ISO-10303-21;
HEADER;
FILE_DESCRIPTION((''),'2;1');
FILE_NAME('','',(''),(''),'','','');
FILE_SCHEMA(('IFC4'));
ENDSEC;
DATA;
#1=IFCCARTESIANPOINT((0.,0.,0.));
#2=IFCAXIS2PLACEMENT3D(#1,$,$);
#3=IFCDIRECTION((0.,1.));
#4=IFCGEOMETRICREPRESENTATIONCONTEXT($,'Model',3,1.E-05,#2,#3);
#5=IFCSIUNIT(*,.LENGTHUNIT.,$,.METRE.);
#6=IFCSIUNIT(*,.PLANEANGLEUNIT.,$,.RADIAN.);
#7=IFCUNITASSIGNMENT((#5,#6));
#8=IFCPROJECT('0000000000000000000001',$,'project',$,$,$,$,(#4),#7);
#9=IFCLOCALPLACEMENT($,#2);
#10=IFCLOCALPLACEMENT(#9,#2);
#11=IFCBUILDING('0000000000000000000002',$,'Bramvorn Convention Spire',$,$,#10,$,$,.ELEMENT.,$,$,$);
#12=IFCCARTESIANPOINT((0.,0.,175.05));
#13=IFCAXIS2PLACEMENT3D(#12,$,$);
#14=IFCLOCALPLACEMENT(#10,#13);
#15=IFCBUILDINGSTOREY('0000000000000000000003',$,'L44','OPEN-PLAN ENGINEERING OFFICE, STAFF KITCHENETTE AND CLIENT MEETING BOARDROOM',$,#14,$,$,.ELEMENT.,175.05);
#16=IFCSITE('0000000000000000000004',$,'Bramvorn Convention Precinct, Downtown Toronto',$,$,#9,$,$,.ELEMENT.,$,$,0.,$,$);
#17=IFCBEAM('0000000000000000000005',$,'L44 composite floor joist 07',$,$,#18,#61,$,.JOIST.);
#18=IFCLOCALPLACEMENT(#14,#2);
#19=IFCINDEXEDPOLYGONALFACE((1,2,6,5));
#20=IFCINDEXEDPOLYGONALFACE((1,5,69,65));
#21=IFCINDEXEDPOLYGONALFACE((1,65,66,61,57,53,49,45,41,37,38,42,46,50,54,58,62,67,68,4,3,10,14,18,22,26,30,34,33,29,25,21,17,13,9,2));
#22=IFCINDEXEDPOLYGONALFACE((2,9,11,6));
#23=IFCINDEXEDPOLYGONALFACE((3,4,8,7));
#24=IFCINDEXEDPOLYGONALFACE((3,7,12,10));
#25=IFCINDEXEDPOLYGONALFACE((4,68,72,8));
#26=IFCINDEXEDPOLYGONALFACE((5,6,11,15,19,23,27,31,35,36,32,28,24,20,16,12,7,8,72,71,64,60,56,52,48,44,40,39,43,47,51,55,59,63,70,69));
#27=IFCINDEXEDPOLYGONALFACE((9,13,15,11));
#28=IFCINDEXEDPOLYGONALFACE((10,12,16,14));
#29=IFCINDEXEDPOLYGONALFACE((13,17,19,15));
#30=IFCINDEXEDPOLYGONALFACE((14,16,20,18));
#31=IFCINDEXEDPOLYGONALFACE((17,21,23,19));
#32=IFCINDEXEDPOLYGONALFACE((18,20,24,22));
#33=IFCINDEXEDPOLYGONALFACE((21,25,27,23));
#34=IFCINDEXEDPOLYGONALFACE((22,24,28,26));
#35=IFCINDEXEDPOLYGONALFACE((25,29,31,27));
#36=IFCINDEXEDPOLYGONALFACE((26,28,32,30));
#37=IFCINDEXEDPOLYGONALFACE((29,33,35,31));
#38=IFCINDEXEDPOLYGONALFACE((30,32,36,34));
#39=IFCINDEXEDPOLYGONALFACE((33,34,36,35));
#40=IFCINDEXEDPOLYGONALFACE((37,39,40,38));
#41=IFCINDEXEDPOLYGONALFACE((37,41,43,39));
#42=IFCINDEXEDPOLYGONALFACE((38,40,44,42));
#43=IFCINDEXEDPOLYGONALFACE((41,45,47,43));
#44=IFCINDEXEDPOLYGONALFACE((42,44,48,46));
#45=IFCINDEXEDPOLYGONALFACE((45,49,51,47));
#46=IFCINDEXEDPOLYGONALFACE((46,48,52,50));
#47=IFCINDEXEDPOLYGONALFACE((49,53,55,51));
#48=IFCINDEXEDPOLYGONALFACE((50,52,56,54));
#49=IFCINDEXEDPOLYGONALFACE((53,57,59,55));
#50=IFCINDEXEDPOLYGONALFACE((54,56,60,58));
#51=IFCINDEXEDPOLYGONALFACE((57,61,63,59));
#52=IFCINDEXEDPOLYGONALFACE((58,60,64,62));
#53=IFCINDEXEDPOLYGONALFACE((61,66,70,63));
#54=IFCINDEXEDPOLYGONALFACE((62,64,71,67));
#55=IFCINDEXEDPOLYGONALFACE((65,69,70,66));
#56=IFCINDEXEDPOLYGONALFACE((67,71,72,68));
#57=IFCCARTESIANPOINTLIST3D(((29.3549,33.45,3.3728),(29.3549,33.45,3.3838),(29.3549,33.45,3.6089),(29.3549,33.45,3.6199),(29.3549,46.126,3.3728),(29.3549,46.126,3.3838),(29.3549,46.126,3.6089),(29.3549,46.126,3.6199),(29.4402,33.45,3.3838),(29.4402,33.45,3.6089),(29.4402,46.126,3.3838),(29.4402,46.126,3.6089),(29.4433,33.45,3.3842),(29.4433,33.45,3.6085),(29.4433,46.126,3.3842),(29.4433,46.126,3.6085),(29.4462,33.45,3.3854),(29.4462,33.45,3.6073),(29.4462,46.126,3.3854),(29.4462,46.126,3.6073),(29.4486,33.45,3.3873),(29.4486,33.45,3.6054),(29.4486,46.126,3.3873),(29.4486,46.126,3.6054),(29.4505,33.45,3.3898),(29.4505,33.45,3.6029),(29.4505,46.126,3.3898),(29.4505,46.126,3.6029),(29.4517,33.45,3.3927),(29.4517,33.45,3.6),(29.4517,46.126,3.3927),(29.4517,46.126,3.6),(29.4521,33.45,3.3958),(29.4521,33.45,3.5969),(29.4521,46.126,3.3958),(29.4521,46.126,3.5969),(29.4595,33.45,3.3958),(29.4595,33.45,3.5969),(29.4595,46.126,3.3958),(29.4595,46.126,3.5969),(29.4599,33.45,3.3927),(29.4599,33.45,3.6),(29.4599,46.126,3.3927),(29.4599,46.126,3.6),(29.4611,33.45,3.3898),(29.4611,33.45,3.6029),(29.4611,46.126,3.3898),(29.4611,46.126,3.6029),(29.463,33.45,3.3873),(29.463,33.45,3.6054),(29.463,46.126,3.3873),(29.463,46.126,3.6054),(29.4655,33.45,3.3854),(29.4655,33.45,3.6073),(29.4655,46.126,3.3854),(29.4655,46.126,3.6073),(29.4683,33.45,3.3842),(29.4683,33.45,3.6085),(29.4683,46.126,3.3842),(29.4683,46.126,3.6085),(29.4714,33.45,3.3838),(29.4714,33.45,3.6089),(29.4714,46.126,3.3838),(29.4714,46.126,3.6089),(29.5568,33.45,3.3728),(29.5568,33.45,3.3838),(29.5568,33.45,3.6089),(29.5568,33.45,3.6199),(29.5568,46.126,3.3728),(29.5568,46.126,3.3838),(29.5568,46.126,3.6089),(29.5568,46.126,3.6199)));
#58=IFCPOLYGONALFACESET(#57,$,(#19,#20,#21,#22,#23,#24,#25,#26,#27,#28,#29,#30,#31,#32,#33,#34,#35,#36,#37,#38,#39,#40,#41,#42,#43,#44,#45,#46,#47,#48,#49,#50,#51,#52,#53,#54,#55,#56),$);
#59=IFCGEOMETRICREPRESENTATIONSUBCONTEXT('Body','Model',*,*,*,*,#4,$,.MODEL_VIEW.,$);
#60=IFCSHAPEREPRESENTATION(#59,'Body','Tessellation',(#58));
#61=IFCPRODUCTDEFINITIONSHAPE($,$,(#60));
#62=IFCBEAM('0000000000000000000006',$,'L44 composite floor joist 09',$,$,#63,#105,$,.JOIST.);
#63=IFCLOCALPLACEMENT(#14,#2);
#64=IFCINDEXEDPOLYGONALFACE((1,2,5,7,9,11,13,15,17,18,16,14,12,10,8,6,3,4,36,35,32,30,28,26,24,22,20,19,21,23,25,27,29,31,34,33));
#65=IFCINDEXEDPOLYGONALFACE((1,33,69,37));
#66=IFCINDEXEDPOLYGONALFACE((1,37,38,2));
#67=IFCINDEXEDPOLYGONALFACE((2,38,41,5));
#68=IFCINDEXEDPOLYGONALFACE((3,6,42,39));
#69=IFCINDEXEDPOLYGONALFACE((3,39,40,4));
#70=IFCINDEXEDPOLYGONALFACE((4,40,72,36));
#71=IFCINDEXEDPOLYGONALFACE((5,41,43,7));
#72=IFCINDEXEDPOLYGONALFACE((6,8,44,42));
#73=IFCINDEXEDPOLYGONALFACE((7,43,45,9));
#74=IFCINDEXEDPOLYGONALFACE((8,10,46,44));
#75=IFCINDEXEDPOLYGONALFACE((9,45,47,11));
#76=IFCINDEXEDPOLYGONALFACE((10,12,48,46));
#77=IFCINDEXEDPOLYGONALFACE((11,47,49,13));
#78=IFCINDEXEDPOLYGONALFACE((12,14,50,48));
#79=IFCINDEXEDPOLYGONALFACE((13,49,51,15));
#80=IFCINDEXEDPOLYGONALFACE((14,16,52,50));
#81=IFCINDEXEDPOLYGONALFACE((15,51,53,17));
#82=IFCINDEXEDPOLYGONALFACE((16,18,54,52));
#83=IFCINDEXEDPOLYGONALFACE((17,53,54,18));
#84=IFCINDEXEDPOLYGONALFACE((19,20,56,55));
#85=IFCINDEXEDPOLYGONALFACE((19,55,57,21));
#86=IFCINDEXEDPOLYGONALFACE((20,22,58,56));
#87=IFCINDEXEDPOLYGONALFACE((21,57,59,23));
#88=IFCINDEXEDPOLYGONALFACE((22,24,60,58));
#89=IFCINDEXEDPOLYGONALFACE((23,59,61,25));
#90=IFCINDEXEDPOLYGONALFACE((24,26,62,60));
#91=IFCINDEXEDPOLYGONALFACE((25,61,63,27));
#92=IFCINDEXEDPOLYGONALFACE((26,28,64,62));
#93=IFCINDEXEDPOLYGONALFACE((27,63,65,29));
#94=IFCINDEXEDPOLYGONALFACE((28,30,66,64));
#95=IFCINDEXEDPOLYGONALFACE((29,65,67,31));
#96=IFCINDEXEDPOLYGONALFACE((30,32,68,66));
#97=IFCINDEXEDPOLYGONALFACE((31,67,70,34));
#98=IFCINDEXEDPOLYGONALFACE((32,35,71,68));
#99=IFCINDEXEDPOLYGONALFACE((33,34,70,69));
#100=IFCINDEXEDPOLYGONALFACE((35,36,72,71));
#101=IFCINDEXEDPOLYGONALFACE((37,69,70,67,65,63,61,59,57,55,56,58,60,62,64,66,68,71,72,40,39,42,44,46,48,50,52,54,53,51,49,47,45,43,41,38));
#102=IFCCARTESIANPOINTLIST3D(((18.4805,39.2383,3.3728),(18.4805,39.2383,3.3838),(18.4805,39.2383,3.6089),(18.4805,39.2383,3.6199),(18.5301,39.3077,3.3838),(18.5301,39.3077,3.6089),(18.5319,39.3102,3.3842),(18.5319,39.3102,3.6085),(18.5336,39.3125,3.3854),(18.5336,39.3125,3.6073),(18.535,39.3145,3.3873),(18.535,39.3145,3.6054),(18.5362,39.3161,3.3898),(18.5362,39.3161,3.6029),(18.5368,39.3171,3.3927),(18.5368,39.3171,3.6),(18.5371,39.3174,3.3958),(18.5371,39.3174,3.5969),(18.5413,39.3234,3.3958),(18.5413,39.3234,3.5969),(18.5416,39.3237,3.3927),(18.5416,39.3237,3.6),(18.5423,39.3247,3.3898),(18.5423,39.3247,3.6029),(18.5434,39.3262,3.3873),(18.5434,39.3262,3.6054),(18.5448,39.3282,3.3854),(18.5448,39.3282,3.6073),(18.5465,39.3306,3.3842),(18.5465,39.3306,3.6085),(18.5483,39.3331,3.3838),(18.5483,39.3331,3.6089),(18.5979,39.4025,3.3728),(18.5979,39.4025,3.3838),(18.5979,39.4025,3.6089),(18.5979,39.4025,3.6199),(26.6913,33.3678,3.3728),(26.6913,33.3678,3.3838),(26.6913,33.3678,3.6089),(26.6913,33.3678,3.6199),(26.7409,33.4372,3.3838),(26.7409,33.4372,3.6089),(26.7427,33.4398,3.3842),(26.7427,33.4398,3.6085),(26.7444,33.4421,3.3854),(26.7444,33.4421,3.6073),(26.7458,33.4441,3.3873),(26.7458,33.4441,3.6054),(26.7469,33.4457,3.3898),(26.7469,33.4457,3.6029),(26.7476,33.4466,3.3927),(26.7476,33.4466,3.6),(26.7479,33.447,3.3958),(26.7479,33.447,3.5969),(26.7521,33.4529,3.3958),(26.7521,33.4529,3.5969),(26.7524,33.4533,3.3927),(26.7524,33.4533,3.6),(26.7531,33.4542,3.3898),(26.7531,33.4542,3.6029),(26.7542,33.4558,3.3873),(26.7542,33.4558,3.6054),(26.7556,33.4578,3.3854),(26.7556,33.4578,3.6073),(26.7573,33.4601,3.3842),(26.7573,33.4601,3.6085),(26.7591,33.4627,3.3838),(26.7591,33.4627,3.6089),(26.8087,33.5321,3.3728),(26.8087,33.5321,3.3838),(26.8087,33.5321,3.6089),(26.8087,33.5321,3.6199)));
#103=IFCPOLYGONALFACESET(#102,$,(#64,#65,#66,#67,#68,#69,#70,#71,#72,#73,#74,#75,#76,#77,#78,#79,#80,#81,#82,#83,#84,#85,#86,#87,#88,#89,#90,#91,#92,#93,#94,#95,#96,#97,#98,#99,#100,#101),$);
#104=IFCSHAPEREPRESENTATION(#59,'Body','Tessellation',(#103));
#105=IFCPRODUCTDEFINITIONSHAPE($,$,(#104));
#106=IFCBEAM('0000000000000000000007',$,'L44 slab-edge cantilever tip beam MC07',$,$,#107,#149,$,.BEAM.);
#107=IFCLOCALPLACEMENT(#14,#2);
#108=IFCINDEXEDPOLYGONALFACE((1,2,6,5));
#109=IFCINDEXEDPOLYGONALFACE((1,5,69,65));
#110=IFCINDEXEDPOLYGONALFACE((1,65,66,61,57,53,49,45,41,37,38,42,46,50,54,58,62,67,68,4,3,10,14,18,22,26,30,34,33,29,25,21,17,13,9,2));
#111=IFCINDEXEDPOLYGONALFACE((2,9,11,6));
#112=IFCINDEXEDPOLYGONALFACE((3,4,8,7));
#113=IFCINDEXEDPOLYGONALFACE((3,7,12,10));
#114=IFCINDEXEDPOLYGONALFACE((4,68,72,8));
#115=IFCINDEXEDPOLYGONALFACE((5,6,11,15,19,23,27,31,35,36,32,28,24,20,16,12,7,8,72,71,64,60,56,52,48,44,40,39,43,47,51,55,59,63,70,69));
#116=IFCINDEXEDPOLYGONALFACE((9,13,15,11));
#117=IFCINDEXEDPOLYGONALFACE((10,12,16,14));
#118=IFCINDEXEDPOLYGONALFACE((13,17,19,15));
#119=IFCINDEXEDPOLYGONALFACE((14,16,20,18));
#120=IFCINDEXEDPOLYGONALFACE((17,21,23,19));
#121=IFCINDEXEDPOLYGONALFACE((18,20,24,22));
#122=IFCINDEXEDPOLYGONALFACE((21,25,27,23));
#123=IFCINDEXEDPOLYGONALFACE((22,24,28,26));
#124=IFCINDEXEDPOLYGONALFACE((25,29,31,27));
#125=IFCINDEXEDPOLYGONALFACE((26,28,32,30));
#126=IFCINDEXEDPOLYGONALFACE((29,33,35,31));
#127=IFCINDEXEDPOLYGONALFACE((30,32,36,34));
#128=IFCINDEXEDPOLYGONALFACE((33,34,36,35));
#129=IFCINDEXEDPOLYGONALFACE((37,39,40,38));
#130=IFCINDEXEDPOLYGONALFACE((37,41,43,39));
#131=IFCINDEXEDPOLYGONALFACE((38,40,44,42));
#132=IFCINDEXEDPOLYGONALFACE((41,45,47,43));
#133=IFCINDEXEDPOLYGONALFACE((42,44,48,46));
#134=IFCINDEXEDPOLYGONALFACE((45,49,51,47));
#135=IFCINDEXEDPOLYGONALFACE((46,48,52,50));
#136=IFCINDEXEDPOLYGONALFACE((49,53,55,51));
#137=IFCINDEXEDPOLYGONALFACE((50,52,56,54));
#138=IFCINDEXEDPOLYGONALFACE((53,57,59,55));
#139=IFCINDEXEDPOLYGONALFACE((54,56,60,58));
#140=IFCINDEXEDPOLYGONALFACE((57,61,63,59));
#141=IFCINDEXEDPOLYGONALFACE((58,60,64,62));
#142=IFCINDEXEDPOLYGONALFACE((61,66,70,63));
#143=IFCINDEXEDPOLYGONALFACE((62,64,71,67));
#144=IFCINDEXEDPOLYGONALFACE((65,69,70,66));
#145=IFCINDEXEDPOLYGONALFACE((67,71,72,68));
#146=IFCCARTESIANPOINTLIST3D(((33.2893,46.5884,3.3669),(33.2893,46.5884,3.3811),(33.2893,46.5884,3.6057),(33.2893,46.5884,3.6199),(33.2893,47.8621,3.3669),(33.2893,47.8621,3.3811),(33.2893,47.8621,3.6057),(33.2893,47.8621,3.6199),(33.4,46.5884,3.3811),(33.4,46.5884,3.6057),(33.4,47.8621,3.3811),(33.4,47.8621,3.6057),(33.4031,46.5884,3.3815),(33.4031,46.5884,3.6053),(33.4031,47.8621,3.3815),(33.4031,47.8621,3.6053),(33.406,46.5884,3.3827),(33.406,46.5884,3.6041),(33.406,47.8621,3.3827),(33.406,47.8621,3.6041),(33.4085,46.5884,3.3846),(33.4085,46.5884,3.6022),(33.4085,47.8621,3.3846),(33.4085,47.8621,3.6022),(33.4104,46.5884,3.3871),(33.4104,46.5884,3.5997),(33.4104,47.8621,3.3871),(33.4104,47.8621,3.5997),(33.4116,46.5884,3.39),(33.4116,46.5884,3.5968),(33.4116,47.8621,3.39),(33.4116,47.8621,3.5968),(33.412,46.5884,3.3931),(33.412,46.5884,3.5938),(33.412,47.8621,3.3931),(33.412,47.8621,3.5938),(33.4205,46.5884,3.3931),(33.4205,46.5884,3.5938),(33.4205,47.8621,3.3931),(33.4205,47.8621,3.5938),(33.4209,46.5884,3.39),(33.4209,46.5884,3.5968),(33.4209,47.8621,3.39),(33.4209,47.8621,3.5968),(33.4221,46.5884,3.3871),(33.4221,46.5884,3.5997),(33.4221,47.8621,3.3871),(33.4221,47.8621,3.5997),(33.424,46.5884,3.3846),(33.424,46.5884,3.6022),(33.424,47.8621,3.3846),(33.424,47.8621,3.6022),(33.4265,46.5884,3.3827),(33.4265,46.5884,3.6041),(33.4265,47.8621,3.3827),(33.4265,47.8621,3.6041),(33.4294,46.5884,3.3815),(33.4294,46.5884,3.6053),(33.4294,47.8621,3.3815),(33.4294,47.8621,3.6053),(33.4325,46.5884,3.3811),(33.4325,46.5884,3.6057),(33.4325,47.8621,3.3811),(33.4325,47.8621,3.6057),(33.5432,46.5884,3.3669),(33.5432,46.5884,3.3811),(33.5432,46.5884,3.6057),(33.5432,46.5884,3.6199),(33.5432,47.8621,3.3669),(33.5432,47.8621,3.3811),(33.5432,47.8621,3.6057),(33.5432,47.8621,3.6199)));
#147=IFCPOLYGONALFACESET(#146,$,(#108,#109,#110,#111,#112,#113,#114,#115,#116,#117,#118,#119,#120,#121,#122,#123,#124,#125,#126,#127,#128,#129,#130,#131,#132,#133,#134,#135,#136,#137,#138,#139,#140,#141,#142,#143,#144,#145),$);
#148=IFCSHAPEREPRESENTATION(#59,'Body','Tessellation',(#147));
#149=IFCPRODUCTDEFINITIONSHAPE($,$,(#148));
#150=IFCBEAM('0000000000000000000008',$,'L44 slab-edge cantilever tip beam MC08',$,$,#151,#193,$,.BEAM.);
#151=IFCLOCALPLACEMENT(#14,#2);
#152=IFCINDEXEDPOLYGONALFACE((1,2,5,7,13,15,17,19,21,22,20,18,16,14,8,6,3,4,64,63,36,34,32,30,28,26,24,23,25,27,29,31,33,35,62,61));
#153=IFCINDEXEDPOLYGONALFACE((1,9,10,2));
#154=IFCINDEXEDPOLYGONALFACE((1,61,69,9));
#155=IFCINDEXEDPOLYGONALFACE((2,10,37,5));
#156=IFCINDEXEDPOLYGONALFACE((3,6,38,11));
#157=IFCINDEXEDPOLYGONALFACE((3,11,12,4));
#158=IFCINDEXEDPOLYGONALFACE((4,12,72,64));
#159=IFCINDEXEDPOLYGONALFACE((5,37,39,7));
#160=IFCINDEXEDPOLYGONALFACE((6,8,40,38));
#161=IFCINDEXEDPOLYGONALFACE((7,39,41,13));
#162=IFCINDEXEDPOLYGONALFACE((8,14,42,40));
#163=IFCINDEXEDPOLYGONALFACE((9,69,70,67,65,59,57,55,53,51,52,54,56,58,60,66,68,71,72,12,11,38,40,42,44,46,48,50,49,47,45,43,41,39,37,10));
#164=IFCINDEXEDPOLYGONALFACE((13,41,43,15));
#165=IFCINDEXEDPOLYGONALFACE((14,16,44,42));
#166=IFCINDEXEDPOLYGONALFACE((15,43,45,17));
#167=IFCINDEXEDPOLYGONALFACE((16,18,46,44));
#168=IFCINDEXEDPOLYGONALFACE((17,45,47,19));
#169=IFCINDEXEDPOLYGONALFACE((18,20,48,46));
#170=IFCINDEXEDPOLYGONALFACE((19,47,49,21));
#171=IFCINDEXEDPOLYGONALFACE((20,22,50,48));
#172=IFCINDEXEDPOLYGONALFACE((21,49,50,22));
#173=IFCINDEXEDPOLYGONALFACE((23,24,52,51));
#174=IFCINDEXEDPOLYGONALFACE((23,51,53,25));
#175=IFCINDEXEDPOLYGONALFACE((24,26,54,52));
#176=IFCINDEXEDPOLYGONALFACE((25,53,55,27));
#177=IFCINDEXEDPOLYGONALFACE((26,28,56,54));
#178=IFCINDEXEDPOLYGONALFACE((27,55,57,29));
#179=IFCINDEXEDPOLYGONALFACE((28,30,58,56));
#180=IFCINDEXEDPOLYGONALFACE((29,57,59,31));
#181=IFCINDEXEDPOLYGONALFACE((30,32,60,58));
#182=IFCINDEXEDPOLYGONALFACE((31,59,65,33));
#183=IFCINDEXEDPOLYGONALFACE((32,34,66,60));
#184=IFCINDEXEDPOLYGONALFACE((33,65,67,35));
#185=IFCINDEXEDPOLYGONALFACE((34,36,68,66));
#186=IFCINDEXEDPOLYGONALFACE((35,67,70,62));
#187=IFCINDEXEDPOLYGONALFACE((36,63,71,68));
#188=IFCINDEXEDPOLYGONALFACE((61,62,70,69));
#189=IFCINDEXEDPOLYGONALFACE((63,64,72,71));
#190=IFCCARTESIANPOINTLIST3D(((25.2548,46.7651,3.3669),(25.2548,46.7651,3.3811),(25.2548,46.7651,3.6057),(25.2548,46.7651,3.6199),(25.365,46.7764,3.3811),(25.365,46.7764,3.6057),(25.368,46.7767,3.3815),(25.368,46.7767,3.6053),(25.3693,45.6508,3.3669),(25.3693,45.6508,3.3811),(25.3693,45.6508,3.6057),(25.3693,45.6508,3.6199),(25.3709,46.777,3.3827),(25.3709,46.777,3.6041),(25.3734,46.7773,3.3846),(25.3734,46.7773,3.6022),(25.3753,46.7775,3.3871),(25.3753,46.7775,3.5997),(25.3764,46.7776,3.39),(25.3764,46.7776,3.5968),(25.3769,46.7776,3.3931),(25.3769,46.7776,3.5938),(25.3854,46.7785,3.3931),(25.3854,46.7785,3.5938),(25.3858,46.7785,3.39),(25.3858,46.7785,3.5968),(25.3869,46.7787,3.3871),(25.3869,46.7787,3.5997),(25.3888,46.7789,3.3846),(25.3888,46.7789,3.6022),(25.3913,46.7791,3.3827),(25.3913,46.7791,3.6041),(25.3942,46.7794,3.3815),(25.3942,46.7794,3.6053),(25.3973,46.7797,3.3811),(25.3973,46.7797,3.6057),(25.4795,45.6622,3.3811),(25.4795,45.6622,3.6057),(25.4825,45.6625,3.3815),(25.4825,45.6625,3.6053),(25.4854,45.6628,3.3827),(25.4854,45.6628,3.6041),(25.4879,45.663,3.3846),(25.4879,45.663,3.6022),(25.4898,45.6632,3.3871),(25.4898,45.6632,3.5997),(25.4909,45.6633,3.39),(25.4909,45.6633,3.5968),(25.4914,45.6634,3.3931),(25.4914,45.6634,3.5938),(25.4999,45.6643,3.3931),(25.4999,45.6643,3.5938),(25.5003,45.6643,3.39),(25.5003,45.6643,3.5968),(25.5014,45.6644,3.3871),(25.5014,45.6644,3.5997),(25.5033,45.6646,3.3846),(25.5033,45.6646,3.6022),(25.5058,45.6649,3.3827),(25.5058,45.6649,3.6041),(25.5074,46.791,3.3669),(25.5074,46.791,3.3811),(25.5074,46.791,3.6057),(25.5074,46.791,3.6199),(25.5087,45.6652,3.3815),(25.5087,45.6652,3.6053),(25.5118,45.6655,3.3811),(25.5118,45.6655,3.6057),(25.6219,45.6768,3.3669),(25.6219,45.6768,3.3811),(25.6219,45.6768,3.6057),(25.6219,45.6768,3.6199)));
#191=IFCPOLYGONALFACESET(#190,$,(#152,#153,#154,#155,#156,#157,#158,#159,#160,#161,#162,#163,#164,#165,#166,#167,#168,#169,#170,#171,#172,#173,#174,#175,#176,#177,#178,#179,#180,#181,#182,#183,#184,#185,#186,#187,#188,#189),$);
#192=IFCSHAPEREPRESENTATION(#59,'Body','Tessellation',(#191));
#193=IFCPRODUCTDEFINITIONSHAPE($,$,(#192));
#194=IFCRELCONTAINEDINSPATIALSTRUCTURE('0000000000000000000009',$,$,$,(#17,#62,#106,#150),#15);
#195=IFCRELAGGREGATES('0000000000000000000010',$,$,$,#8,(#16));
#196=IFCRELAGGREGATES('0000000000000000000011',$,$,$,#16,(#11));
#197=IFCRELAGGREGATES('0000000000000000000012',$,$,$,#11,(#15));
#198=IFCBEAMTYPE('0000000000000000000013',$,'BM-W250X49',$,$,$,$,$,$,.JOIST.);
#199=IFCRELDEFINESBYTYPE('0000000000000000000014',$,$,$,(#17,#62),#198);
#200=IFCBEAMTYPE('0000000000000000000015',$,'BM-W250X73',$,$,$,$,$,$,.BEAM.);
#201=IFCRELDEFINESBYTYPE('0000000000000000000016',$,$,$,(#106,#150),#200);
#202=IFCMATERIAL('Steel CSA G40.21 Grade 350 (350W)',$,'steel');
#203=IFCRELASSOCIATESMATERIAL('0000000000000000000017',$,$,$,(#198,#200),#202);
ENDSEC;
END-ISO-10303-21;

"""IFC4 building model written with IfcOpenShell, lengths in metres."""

from ifc_helpers import new_model, si_unit, direction, frame, origin, origin_2d, place, context, subcontext, project, spatial, i_section, extrude, material, material_profile, profile_set, type_object, element, save


model = new_model("IFC4")

# Units and contexts
model_context = context("Model", 3, precision=1e-05, world=origin(), true_north=direction((0.0, 1.0)))
body_context = subcontext(model_context, "Body", "Model", "MODEL_VIEW")
ifc_project = project(units=[si_unit("LENGTHUNIT", "METRE"), si_unit("PLANEANGLEUNIT", "RADIAN")], contexts=[model_context])

# Site, building, storey
site_placement = place(None, origin())
site = spatial("IfcSite", under=ifc_project, at=site_placement, Name="Bramvorn Convention Precinct, Downtown Toronto", CompositionType="ELEMENT", RefElevation=0.0)
building_placement = place(site_placement, origin())
building = spatial("IfcBuilding", under=site, at=building_placement, Name="Bramvorn Convention Spire", CompositionType="ELEMENT")
storey_placement = place(building_placement, frame((0.0, 0.0, 175.05)))
storey = spatial("IfcBuildingStorey", under=building, at=storey_placement, Name="L44", Description="OPEN-PLAN ENGINEERING OFFICE, STAFF KITCHENETTE AND CLIENT MEETING BOARDROOM", CompositionType="ELEMENT", Elevation=175.05)

# Shared definitions
ifc_material_1 = material(Name="Steel CSA G40.21 Grade 350 (350W)", Category="steel")

# Beams
ifc_material_profile_1 = material_profile(ifc_material_1, i_section(OverallWidth=0.2019, OverallDepth=0.2471, WebThickness=0.0073, FlangeThickness=0.011, FilletRadius=0.012, at=origin_2d()))
ifc_profile_set_1 = profile_set([ifc_material_profile_1], Name="Steel CSA G40.21 Grade 350 (350W) - W250X49")
beam_type_1 = type_object("IfcBeamType", Name="BM-W250X49", PredefinedType="JOIST", material=ifc_profile_set_1)
beam_1_placement = place(storey_placement, frame((29.4558, 33.45, 3.4963), z_axis=(0.0, 1.0, 0.0), x_axis=(-1.0, 0.0, 0.0)))
element("IfcBeam", 1, at=beam_1_placement, inside=storey, type_object=beam_type_1, Name="L44 composite floor joist 07", PredefinedType="JOIST", context=body_context, shape_type="SweptSolid", body=[
    extrude(i_section(OverallWidth=0.2019, OverallDepth=0.2471, WebThickness=0.0073, FlangeThickness=0.011, FilletRadius=0.012, at=origin_2d()), origin(), (0.0, 0.0, 1.0), 12.676),
])
beam_2_placement = place(storey_placement, frame((26.75, 33.45, 3.4963), z_axis=(-0.813472, 0.581604, 0.0), x_axis=(-0.581604, -0.813472, 0.0)))
element("IfcBeam", 2, at=beam_2_placement, inside=storey, type_object=beam_type_1, Name="L44 composite floor joist 09", PredefinedType="JOIST", context=body_context, shape_type="SweptSolid", body=[
    extrude(i_section(OverallWidth=0.2019, OverallDepth=0.2471, WebThickness=0.0073, FlangeThickness=0.011, FilletRadius=0.012, at=origin_2d()), origin(), (0.0, 0.0, 1.0), 10.0935),
])
ifc_material_profile_2 = material_profile(ifc_material_1, i_section(OverallWidth=0.2539, OverallDepth=0.2529, WebThickness=0.0085, FlangeThickness=0.0142, FilletRadius=0.012, at=origin_2d()))
ifc_profile_set_2 = profile_set([ifc_material_profile_2], Name="Steel CSA G40.21 Grade 350 (350W) - W250X73")
beam_type_2 = type_object("IfcBeamType", Name="BM-W250X73", PredefinedType="BEAM", material=ifc_profile_set_2)
beam_3_placement = place(storey_placement, frame((33.4163, 46.5884, 3.4934), z_axis=(0.0, 1.0, 0.0), x_axis=(-1.0, 0.0, 0.0)))
element("IfcBeam", 3, at=beam_3_placement, inside=storey, type_object=beam_type_2, Name="L44 slab-edge cantilever tip beam MC07", PredefinedType="BEAM", context=body_context, shape_type="SweptSolid", body=[
    extrude(i_section(OverallWidth=0.2539, OverallDepth=0.2529, WebThickness=0.0085, FlangeThickness=0.0142, FilletRadius=0.012, at=origin_2d()), origin(), (0.0, 0.0, 1.0), 1.2737),
])
beam_4_placement = place(storey_placement, frame((25.4956, 45.6638, 3.4934), z_axis=(-0.102222, 0.994762, 0.0), x_axis=(-0.994762, -0.102222, 0.0)))
element("IfcBeam", 4, at=beam_4_placement, inside=storey, type_object=beam_type_2, Name="L44 slab-edge cantilever tip beam MC08", PredefinedType="BEAM", context=body_context, shape_type="SweptSolid", body=[
    extrude(i_section(OverallWidth=0.2539, OverallDepth=0.2529, WebThickness=0.0085, FlangeThickness=0.0142, FilletRadius=0.012, at=origin_2d()), origin(), (0.0, 0.0, 1.0), 1.1201),
])

save(model, "model.ifc")
